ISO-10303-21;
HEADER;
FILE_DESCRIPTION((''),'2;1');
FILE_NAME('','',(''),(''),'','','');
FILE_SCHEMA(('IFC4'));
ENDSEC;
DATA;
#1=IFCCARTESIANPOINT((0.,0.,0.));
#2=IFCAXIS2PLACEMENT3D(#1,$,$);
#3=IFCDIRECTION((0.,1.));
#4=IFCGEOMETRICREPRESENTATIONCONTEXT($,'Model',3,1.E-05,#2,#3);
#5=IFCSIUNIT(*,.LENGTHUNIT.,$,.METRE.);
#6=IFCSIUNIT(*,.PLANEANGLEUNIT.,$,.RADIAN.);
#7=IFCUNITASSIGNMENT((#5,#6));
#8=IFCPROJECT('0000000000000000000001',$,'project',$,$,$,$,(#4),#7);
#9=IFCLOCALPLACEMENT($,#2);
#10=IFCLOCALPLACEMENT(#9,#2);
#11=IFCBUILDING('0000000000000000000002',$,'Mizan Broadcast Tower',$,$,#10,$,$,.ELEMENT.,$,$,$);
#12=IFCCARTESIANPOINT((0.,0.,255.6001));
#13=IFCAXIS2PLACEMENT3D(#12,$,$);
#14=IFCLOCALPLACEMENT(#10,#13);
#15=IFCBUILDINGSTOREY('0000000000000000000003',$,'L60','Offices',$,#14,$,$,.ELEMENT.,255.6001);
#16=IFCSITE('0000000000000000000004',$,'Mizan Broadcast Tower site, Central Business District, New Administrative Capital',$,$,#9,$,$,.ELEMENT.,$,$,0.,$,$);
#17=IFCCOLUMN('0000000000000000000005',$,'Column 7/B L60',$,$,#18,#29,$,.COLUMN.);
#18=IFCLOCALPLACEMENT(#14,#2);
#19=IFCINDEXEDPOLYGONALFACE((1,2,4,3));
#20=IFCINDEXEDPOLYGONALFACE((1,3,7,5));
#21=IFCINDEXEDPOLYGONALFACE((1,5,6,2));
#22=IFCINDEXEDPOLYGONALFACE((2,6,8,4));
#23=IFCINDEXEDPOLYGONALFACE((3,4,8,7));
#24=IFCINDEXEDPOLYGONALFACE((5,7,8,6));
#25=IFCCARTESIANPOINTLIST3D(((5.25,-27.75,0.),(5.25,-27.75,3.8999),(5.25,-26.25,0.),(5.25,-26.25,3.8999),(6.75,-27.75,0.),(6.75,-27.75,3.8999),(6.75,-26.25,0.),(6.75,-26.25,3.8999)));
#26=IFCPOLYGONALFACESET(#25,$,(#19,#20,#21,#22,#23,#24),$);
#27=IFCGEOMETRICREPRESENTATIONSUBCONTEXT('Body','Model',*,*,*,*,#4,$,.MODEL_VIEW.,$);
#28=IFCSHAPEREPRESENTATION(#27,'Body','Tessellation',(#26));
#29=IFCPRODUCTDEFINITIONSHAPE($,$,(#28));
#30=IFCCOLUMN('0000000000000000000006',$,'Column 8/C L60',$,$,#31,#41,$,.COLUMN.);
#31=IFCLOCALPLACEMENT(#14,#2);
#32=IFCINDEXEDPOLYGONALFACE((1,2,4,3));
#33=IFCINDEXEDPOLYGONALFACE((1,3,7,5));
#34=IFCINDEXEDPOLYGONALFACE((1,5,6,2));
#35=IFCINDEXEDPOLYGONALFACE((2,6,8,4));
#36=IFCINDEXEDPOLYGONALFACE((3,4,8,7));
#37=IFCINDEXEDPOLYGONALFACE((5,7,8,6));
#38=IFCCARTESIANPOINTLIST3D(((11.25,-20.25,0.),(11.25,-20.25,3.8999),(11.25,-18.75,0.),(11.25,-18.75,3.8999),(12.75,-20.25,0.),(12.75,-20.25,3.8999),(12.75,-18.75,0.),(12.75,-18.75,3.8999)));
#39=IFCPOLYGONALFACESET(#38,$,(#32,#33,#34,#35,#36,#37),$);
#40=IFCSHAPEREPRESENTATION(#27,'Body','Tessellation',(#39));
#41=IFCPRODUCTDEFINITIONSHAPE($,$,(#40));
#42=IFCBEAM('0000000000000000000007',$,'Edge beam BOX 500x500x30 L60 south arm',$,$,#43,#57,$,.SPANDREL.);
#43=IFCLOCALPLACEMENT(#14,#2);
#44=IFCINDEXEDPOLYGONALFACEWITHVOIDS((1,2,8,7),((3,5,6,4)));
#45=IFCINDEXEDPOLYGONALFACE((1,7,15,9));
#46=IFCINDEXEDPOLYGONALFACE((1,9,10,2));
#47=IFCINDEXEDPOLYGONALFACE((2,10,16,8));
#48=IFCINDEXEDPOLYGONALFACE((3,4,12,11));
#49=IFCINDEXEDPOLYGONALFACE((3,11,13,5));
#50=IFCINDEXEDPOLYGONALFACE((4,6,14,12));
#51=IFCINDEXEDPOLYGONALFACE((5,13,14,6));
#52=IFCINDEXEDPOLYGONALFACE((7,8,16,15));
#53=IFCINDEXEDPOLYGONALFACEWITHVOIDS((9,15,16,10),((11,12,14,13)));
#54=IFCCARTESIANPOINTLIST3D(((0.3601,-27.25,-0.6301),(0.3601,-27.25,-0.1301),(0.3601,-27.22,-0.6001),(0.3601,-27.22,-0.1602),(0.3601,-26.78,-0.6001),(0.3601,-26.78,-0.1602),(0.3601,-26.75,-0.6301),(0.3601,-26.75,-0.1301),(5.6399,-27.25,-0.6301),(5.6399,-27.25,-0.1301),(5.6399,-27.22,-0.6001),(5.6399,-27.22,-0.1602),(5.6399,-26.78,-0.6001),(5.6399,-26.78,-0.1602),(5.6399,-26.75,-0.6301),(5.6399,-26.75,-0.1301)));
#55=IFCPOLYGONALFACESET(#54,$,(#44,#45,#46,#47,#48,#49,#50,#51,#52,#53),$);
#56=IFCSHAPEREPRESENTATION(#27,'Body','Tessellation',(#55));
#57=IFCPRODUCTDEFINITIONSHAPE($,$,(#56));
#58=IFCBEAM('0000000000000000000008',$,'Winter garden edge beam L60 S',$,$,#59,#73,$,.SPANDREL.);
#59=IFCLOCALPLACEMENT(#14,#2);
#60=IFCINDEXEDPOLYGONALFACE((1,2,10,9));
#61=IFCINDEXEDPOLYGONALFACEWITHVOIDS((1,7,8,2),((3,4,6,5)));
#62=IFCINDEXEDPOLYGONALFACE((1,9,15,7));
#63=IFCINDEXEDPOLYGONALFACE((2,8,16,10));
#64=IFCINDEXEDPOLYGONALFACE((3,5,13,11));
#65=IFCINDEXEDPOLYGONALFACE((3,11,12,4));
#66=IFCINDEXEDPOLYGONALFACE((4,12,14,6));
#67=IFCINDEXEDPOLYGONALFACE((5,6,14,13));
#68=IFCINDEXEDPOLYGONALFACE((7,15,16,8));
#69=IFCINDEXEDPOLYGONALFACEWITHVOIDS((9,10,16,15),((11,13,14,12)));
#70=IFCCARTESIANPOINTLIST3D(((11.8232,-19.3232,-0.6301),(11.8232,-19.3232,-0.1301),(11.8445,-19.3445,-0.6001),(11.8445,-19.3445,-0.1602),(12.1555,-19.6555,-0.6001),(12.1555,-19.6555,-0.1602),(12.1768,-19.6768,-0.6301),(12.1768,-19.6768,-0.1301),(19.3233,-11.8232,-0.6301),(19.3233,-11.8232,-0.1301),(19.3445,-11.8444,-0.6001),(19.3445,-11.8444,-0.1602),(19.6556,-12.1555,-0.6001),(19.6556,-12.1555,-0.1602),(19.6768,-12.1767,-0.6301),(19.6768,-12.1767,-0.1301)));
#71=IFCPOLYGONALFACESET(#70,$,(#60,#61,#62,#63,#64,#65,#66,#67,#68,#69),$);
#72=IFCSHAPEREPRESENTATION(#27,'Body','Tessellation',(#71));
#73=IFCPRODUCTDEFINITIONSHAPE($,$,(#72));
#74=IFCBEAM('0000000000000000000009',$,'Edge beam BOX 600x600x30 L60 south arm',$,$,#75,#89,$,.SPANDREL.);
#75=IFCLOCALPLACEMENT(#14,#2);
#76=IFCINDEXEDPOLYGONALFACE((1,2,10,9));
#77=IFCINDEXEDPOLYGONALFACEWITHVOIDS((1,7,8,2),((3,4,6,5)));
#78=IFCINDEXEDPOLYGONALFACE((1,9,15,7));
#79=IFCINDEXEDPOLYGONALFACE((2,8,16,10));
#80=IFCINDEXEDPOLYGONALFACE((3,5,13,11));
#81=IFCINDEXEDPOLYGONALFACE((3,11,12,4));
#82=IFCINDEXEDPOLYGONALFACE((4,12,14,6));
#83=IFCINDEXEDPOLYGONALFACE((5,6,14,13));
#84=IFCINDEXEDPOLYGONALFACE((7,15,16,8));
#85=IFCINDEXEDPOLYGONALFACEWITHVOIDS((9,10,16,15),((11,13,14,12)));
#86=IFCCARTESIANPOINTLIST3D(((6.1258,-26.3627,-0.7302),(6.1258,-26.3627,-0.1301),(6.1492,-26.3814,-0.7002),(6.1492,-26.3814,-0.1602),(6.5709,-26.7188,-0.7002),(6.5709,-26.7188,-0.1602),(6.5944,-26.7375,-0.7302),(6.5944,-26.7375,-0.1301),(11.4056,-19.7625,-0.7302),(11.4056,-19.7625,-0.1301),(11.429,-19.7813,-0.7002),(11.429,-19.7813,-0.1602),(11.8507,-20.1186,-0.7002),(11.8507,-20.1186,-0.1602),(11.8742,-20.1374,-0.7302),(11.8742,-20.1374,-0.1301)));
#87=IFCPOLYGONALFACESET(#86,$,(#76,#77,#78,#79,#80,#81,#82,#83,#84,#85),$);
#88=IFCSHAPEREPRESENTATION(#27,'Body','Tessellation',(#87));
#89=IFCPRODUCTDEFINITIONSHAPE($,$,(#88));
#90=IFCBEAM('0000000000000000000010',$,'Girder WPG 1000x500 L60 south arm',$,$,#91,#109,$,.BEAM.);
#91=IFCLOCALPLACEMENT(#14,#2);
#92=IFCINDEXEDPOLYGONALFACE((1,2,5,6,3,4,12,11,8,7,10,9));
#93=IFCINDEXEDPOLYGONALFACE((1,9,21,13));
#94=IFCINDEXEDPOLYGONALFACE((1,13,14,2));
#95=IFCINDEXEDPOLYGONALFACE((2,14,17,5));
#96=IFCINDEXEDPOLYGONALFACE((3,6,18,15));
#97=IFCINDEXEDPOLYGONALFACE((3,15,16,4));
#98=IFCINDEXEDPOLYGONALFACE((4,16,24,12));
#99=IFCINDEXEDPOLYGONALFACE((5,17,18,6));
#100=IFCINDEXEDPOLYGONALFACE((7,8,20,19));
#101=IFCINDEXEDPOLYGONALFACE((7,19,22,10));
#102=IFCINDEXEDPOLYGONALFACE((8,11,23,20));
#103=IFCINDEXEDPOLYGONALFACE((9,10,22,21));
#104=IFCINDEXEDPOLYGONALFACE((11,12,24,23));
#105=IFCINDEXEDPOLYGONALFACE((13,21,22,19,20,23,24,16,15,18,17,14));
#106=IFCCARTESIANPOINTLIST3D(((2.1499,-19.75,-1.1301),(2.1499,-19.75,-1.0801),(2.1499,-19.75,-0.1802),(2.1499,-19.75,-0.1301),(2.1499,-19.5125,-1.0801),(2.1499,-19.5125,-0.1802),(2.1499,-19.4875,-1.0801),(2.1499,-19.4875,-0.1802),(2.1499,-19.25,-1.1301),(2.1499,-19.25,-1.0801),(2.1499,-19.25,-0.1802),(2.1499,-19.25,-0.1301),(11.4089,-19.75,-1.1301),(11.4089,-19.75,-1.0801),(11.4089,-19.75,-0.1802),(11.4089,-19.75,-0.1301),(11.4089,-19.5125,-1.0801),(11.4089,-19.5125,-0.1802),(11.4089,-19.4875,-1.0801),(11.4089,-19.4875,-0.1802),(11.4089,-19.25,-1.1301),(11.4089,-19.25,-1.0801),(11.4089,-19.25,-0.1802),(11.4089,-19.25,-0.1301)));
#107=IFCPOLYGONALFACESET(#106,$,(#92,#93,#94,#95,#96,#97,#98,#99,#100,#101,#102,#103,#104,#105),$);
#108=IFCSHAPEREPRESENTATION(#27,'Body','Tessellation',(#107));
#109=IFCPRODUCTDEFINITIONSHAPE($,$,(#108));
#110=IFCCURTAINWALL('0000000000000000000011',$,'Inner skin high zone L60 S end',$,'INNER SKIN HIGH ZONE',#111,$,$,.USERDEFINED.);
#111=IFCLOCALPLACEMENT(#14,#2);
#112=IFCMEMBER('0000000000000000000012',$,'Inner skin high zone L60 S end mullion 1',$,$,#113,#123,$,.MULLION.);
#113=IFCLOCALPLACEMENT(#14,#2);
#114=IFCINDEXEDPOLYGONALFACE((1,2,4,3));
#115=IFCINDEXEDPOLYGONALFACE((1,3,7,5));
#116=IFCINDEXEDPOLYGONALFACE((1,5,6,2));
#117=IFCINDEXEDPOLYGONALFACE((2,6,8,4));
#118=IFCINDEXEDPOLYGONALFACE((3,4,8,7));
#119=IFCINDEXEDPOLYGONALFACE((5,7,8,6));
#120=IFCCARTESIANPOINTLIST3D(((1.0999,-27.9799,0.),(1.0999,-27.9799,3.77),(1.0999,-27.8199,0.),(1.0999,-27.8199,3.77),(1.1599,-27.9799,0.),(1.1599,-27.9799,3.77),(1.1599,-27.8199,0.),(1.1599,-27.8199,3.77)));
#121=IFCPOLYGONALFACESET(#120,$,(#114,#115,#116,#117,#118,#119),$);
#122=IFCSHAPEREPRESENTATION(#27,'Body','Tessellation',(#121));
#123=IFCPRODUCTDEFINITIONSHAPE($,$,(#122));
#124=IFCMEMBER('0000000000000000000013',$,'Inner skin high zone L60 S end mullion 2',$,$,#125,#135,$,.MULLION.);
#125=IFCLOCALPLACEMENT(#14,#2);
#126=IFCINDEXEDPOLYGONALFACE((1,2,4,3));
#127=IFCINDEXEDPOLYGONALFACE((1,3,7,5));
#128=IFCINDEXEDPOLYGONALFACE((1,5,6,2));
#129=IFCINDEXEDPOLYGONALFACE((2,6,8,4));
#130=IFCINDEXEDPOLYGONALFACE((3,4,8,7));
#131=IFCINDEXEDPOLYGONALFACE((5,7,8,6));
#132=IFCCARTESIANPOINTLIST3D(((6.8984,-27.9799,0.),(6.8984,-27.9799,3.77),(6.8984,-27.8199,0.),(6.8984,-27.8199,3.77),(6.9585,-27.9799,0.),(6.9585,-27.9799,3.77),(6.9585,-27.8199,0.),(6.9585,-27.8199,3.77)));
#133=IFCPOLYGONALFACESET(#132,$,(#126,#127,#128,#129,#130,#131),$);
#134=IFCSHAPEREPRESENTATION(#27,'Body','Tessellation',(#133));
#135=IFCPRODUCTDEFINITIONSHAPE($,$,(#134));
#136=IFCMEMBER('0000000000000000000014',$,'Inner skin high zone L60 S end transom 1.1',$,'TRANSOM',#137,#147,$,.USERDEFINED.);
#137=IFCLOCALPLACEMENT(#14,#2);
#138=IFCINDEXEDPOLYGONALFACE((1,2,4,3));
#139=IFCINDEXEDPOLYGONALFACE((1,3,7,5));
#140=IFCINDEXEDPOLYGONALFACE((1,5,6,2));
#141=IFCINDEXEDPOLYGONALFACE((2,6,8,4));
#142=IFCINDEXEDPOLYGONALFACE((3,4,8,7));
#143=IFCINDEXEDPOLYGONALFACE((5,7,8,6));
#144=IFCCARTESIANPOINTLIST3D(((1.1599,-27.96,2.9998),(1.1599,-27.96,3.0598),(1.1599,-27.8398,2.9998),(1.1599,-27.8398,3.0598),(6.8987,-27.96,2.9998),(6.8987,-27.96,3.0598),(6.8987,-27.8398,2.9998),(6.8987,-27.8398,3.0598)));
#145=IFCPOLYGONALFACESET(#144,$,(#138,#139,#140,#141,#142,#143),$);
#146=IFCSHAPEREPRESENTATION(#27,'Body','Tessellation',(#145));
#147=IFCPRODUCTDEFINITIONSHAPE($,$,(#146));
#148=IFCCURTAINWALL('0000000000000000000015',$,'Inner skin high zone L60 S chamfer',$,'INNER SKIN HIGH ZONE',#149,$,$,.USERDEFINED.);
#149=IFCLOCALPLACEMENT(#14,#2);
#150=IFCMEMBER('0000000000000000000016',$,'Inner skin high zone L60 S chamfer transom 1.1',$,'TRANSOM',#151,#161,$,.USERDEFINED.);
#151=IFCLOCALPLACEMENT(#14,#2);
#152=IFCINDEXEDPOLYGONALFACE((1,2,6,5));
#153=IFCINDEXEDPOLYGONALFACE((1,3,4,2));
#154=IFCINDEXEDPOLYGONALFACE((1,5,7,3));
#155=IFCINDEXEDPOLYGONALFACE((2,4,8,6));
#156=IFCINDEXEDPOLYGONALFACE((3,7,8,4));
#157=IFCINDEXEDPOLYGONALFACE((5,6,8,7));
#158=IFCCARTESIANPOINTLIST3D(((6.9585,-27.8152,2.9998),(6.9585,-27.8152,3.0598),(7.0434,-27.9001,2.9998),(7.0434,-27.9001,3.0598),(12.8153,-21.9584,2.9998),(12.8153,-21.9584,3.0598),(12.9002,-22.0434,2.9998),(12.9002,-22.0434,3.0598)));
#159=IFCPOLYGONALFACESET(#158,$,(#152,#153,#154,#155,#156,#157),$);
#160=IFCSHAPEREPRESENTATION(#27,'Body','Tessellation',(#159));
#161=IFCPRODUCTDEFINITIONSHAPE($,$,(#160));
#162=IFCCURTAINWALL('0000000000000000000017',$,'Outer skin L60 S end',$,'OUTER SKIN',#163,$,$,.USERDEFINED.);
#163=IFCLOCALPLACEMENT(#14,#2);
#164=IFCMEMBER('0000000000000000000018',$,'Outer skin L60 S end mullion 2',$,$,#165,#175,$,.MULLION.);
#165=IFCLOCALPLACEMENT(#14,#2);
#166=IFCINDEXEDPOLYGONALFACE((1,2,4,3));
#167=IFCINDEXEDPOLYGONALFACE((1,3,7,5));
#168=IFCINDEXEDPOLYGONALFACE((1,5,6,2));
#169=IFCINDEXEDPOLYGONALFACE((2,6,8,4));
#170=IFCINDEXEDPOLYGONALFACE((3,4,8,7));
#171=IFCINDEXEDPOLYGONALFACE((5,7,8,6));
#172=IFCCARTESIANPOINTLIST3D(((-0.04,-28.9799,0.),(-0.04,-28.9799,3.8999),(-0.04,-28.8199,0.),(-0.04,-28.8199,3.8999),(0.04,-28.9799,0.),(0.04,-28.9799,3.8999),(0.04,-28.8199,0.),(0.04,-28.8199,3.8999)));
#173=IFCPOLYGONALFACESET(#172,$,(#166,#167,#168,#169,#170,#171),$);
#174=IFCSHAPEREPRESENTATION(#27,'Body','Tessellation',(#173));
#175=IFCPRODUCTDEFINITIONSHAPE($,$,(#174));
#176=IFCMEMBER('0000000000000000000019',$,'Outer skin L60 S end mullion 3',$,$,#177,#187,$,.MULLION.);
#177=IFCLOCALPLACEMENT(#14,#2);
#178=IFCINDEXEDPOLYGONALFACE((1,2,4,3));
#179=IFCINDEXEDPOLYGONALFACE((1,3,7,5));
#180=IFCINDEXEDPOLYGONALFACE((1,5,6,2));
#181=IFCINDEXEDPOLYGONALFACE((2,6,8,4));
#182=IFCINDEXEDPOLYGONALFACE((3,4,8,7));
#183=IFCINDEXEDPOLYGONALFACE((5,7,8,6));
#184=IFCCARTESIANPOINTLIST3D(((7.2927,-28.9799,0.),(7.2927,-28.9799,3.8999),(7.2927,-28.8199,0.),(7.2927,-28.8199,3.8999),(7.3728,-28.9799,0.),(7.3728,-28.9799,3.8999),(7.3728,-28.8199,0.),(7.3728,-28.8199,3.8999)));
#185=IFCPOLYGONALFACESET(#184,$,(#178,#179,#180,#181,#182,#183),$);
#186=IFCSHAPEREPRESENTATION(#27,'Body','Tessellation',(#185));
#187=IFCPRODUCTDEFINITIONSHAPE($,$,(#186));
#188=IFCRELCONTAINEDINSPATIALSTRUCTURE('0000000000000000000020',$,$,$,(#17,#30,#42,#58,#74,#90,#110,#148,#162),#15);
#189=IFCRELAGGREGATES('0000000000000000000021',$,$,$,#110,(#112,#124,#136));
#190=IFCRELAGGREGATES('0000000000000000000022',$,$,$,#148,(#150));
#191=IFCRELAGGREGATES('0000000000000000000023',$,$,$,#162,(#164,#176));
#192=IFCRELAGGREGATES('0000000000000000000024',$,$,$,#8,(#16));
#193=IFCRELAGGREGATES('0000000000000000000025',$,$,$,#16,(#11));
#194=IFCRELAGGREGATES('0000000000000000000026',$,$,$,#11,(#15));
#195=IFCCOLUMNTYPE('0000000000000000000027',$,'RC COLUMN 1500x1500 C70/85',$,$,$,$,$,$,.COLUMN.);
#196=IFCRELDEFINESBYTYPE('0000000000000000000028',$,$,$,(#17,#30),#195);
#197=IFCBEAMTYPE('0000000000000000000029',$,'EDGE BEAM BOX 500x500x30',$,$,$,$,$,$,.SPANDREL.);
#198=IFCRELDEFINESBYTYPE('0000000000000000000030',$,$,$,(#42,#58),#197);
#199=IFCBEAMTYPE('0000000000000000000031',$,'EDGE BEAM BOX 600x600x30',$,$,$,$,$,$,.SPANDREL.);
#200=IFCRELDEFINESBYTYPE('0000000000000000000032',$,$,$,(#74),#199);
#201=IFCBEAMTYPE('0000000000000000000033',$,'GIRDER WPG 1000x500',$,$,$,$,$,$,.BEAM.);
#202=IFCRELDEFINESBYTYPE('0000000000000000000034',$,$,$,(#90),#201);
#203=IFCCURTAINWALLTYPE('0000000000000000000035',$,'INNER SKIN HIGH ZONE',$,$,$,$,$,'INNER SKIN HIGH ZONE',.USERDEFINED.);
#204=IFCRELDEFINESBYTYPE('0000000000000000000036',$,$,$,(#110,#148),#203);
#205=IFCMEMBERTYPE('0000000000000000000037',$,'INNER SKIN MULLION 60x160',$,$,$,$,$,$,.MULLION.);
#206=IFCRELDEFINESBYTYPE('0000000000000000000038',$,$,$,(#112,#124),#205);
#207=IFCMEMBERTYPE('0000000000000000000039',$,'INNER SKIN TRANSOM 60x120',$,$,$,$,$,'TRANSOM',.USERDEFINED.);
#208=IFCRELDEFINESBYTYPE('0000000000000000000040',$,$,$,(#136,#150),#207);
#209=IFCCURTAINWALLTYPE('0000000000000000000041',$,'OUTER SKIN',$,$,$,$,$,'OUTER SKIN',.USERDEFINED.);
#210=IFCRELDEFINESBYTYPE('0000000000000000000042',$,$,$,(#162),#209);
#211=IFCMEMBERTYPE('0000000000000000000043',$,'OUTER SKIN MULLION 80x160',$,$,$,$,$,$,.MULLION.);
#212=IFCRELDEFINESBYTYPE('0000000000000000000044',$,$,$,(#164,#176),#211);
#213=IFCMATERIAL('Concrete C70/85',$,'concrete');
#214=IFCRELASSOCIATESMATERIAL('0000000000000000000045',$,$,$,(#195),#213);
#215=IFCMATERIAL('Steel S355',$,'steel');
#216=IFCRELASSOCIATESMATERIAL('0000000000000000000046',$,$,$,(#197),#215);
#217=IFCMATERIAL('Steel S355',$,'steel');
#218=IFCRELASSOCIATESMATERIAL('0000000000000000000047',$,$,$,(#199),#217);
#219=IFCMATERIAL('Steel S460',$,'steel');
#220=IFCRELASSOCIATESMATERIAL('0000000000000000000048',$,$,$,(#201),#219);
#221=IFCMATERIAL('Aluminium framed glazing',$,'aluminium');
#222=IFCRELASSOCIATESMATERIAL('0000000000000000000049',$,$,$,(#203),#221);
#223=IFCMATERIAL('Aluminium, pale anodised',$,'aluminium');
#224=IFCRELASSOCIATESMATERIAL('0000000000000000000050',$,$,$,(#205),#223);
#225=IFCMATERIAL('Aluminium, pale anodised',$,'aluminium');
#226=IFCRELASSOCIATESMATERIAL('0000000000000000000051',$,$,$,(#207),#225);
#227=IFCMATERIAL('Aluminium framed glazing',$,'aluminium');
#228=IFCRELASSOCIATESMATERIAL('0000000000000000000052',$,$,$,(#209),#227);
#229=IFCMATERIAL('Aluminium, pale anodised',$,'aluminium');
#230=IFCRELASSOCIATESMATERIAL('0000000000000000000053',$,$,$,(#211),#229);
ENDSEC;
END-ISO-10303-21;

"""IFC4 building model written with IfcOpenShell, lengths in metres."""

from ifc_helpers import new_model, si_unit, direction, frame, origin, origin_2d, place, context, subcontext, project, spatial, rectangle, hollow_rectangle, i_section, extrude, material, material_profile, profile_set, type_object, element, aggregate, save


model = new_model("IFC4")

# Units and contexts
model_context = context("Model", 3, precision=1e-05, world=origin(), true_north=direction((0.0, 1.0)))
body_context = subcontext(model_context, "Body", "Model", "MODEL_VIEW")
ifc_project = project(units=[si_unit("LENGTHUNIT", "METRE"), si_unit("PLANEANGLEUNIT", "RADIAN")], contexts=[model_context])

# Site, building, storey
site_placement = place(None, origin())
site = spatial("IfcSite", under=ifc_project, at=site_placement, Name="Mizan Broadcast Tower site, Central Business District, New Administrative Capital", CompositionType="ELEMENT", RefElevation=0.0)
building_placement = place(site_placement, origin())
building = spatial("IfcBuilding", under=site, at=building_placement, Name="Mizan Broadcast Tower", CompositionType="ELEMENT")
storey_placement = place(building_placement, frame((0.0, 0.0, 255.6001)))
storey = spatial("IfcBuildingStorey", under=building, at=storey_placement, Name="L60", Description="Offices", CompositionType="ELEMENT", Elevation=255.6001)

# Columns
ifc_material_1 = material(Name="Concrete C70/85", Category="concrete")
ifc_material_profile_1 = material_profile(ifc_material_1, rectangle(XDim=1.5, YDim=1.5, at=origin_2d()), Name="RC 1500x1500")
ifc_profile_set_1 = profile_set([ifc_material_profile_1], Name="Concrete C70/85")
column_type = type_object("IfcColumnType", Name="RC COLUMN 1500x1500 C70/85", PredefinedType="COLUMN", material=ifc_profile_set_1)
for number, where, z_axis, x_axis, name in (
    (1, (6.0, -27.0, 0.0), (0.0, 0.0, 1.0), (1.0, 0.0, 0.0), "Column 7/B L60"),
    (2, (12.0, -19.5, 0.0), (0.0, 0.0, 1.0), (1.0, 0.0, 0.0), "Column 8/C L60"),
):
    element("IfcColumn", number, at=place(storey_placement, frame(where, z_axis=z_axis, x_axis=x_axis)), inside=storey, type_object=column_type, Name=name, PredefinedType="COLUMN", context=body_context, shape_type="SweptSolid", body=[
        extrude(rectangle(XDim=1.5, YDim=1.5, at=origin_2d()), origin(), (0.0, 0.0, 1.0), 3.8999),
    ])

# Beams
ifc_material_2 = material(Name="Steel S355", Category="steel")
ifc_material_profile_2 = material_profile(ifc_material_2, hollow_rectangle(XDim=0.5, YDim=0.5, WallThickness=0.03, at=origin_2d()), Name="BOX 500x500x30")
ifc_profile_set_2 = profile_set([ifc_material_profile_2], Name="Steel S355")
beam_type_1 = type_object("IfcBeamType", Name="EDGE BEAM BOX 500x500x30", PredefinedType="SPANDREL", material=ifc_profile_set_2)
beam_1_placement = place(storey_placement, frame((5.6399, -27.0, -0.3801), z_axis=(-1.0, 0.0, 0.0), x_axis=(0.0, -1.0, 0.0)))
element("IfcBeam", 3, at=beam_1_placement, inside=storey, type_object=beam_type_1, Name="Edge beam BOX 500x500x30 L60 south arm", PredefinedType="SPANDREL", context=body_context, shape_type="SweptSolid", body=[
    extrude(hollow_rectangle(XDim=0.5, YDim=0.5, WallThickness=0.03, at=origin_2d()), origin(), (0.0, 0.0, 1.0), 5.2798),
])
beam_2_placement = place(storey_placement, frame((12.0, -19.5, -0.3801), z_axis=(0.707107, 0.707107, 0.0), x_axis=(-0.707107, 0.707107, 0.0)))
element("IfcBeam", 4, at=beam_2_placement, inside=storey, type_object=beam_type_1, Name="Winter garden edge beam L60 S", PredefinedType="SPANDREL", context=body_context, shape_type="SweptSolid", body=[
    extrude(hollow_rectangle(XDim=0.5, YDim=0.5, WallThickness=0.03, at=origin_2d()), origin(), (0.0, 0.0, 1.0), 10.6067),
])
ifc_material_3 = material(Name="Steel S355", Category="steel")
ifc_material_profile_3 = material_profile(ifc_material_3, hollow_rectangle(XDim=0.6001, YDim=0.6001, WallThickness=0.03, at=origin_2d()), Name="BOX 600x600x30")
ifc_profile_set_3 = profile_set([ifc_material_profile_3], Name="Steel S355")
beam_type_2 = type_object("IfcBeamType", Name="EDGE BEAM BOX 600x600x30", PredefinedType="SPANDREL", material=ifc_profile_set_3)
beam_3_placement = place(storey_placement, frame((11.6399, -19.95, -0.4302), z_axis=(-0.624674, -0.780886, 0.0), x_axis=(0.780886, -0.624674, 0.0)))
element("IfcBeam", 5, at=beam_3_placement, inside=storey, type_object=beam_type_2, Name="Edge beam BOX 600x600x30 L60 south arm", PredefinedType="SPANDREL", context=body_context, shape_type="SweptSolid", body=[
    extrude(hollow_rectangle(XDim=0.6001, YDim=0.6001, WallThickness=0.03, at=origin_2d()), origin(), (0.0, 0.0, 1.0), 8.4521),
])
ifc_material_4 = material(Name="Steel S460", Category="steel")
ifc_material_profile_4 = material_profile(ifc_material_4, i_section(OverallWidth=0.5, OverallDepth=1.0, WebThickness=0.0249, FlangeThickness=0.05, at=origin_2d()), Name="WPG 1000x500")
ifc_profile_set_4 = profile_set([ifc_material_profile_4], Name="Steel S460")
beam_type_3 = type_object("IfcBeamType", Name="GIRDER WPG 1000x500", PredefinedType="BEAM", material=ifc_profile_set_4)
beam_4_placement = place(storey_placement, frame((11.4089, -19.5, -0.6301), z_axis=(-1.0, 0.0, 0.0), x_axis=(0.0, -1.0, 0.0)))
element("IfcBeam", 6, at=beam_4_placement, inside=storey, type_object=beam_type_3, Name="Girder WPG 1000x500 L60 south arm", PredefinedType="BEAM", context=body_context, shape_type="SweptSolid", body=[
    extrude(i_section(OverallWidth=0.5, OverallDepth=1.0, WebThickness=0.0249, FlangeThickness=0.05, at=origin_2d()), origin(), (0.0, 0.0, 1.0), 9.259),
])

# Curtain wall, members
ifc_material_5 = material(Name="Aluminium framed glazing", Category="aluminium")
curtain_wall_type_1 = type_object("IfcCurtainWallType", Name="INNER SKIN HIGH ZONE", ElementType="INNER SKIN HIGH ZONE", PredefinedType="USERDEFINED", material=ifc_material_5)
curtain_wall_1_placement = place(storey_placement, origin())
curtain_wall_1 = element("IfcCurtainWall", 7, at=curtain_wall_1_placement, inside=storey, type_object=curtain_wall_type_1, Name="Inner skin high zone L60 S end", ObjectType="INNER SKIN HIGH ZONE", PredefinedType="USERDEFINED")
ifc_material_6 = material(Name="Aluminium, pale anodised", Category="aluminium")
ifc_material_profile_5 = material_profile(ifc_material_6, rectangle(XDim=0.1599, YDim=0.0601, at=origin_2d()), Name="MULLION 160x60")
ifc_profile_set_5 = profile_set([ifc_material_profile_5], Name="Aluminium, pale anodised")
member_type_1 = type_object("IfcMemberType", Name="INNER SKIN MULLION 60x160", PredefinedType="MULLION", material=ifc_profile_set_5)
member_1_placement = place(storey_placement, frame((1.1299, -27.8999, 0.0), z_axis=(0.0, 0.0, 1.0), x_axis=(0.0, 1.0, 0.0)))
member_1 = element("IfcMember", 8, at=member_1_placement, type_object=member_type_1, Name="Inner skin high zone L60 S end mullion 1", PredefinedType="MULLION", context=body_context, shape_type="SweptSolid", body=[
    extrude(rectangle(XDim=0.1599, YDim=0.0601, at=origin_2d()), origin(), (0.0, 0.0, 1.0), 3.77),
])
member_2_placement = place(storey_placement, frame((6.9285, -27.8999, 0.0), z_axis=(0.0, 0.0, 1.0), x_axis=(0.0, 1.0, 0.0)))
member_2 = element("IfcMember", 9, at=member_2_placement, type_object=member_type_1, Name="Inner skin high zone L60 S end mullion 2", PredefinedType="MULLION", context=body_context, shape_type="SweptSolid", body=[
    extrude(rectangle(XDim=0.1599, YDim=0.0601, at=origin_2d()), origin(), (0.0, 0.0, 1.0), 3.77),
])
ifc_material_7 = material(Name="Aluminium, pale anodised", Category="aluminium")
ifc_material_profile_6 = material_profile(ifc_material_7, rectangle(XDim=0.1201, YDim=0.0601, at=origin_2d()), Name="TRANSOM 120x60")
ifc_profile_set_6 = profile_set([ifc_material_profile_6], Name="Aluminium, pale anodised")
member_type_2 = type_object("IfcMemberType", Name="INNER SKIN TRANSOM 60x120", ElementType="TRANSOM", PredefinedType="USERDEFINED", material=ifc_profile_set_6)
member_3_placement = place(storey_placement, frame((1.1599, -27.8999, 3.0298), z_axis=(1.0, 0.0, 0.0), x_axis=(0.0, 1.0, 0.0)))
member_3 = element("IfcMember", 10, at=member_3_placement, type_object=member_type_2, Name="Inner skin high zone L60 S end transom 1.1", ObjectType="TRANSOM", PredefinedType="USERDEFINED", context=body_context, shape_type="SweptSolid", body=[
    extrude(rectangle(XDim=0.1201, YDim=0.0601, at=origin_2d()), origin(), (0.0, 0.0, 1.0), 5.7388),
])

# Curtain wall, member
curtain_wall_2_placement = place(storey_placement, origin())
curtain_wall_2 = element("IfcCurtainWall", 11, at=curtain_wall_2_placement, inside=storey, type_object=curtain_wall_type_1, Name="Inner skin high zone L60 S chamfer", ObjectType="INNER SKIN HIGH ZONE", PredefinedType="USERDEFINED")
member_4_placement = place(storey_placement, frame((7.001, -27.8577, 3.0298), z_axis=(0.707107, 0.707107, 0.0), x_axis=(-0.707107, 0.707107, 0.0)))
member_4 = element("IfcMember", 12, at=member_4_placement, type_object=member_type_2, Name="Inner skin high zone L60 S chamfer transom 1.1", ObjectType="TRANSOM", PredefinedType="USERDEFINED", context=body_context, shape_type="SweptSolid", body=[
    extrude(rectangle(XDim=0.1201, YDim=0.0601, at=origin_2d()), origin(), (0.0, 0.0, 1.0), 8.2827),
])

# Curtain wall, members
ifc_material_8 = material(Name="Aluminium framed glazing", Category="aluminium")
curtain_wall_type_2 = type_object("IfcCurtainWallType", Name="OUTER SKIN", ElementType="OUTER SKIN", PredefinedType="USERDEFINED", material=ifc_material_8)
curtain_wall_3_placement = place(storey_placement, origin())
curtain_wall_3 = element("IfcCurtainWall", 13, at=curtain_wall_3_placement, inside=storey, type_object=curtain_wall_type_2, Name="Outer skin L60 S end", ObjectType="OUTER SKIN", PredefinedType="USERDEFINED")
ifc_material_9 = material(Name="Aluminium, pale anodised", Category="aluminium")
ifc_material_profile_7 = material_profile(ifc_material_9, rectangle(XDim=0.1599, YDim=0.0801, at=origin_2d()), Name="MULLION 160x80")
ifc_profile_set_7 = profile_set([ifc_material_profile_7], Name="Aluminium, pale anodised")
member_type_3 = type_object("IfcMemberType", Name="OUTER SKIN MULLION 80x160", PredefinedType="MULLION", material=ifc_profile_set_7)
member_5_placement = place(storey_placement, frame((0.0, -28.8999, 0.0), z_axis=(0.0, 0.0, 1.0), x_axis=(0.0, 1.0, 0.0)))
member_5 = element("IfcMember", 14, at=member_5_placement, type_object=member_type_3, Name="Outer skin L60 S end mullion 2", PredefinedType="MULLION", context=body_context, shape_type="SweptSolid", body=[
    extrude(rectangle(XDim=0.1599, YDim=0.0801, at=origin_2d()), origin(), (0.0, 0.0, 1.0), 3.8999),
])
member_6_placement = place(storey_placement, frame((7.3328, -28.8999, 0.0), z_axis=(0.0, 0.0, 1.0), x_axis=(0.0, 1.0, 0.0)))
member_6 = element("IfcMember", 15, at=member_6_placement, type_object=member_type_3, Name="Outer skin L60 S end mullion 3", PredefinedType="MULLION", context=body_context, shape_type="SweptSolid", body=[
    extrude(rectangle(XDim=0.1599, YDim=0.0801, at=origin_2d()), origin(), (0.0, 0.0, 1.0), 3.8999),
])

aggregate(curtain_wall_1, [member_1, member_2, member_3])
aggregate(curtain_wall_2, [member_4])
aggregate(curtain_wall_3, [member_5, member_6])

save(model, "model.ifc")
